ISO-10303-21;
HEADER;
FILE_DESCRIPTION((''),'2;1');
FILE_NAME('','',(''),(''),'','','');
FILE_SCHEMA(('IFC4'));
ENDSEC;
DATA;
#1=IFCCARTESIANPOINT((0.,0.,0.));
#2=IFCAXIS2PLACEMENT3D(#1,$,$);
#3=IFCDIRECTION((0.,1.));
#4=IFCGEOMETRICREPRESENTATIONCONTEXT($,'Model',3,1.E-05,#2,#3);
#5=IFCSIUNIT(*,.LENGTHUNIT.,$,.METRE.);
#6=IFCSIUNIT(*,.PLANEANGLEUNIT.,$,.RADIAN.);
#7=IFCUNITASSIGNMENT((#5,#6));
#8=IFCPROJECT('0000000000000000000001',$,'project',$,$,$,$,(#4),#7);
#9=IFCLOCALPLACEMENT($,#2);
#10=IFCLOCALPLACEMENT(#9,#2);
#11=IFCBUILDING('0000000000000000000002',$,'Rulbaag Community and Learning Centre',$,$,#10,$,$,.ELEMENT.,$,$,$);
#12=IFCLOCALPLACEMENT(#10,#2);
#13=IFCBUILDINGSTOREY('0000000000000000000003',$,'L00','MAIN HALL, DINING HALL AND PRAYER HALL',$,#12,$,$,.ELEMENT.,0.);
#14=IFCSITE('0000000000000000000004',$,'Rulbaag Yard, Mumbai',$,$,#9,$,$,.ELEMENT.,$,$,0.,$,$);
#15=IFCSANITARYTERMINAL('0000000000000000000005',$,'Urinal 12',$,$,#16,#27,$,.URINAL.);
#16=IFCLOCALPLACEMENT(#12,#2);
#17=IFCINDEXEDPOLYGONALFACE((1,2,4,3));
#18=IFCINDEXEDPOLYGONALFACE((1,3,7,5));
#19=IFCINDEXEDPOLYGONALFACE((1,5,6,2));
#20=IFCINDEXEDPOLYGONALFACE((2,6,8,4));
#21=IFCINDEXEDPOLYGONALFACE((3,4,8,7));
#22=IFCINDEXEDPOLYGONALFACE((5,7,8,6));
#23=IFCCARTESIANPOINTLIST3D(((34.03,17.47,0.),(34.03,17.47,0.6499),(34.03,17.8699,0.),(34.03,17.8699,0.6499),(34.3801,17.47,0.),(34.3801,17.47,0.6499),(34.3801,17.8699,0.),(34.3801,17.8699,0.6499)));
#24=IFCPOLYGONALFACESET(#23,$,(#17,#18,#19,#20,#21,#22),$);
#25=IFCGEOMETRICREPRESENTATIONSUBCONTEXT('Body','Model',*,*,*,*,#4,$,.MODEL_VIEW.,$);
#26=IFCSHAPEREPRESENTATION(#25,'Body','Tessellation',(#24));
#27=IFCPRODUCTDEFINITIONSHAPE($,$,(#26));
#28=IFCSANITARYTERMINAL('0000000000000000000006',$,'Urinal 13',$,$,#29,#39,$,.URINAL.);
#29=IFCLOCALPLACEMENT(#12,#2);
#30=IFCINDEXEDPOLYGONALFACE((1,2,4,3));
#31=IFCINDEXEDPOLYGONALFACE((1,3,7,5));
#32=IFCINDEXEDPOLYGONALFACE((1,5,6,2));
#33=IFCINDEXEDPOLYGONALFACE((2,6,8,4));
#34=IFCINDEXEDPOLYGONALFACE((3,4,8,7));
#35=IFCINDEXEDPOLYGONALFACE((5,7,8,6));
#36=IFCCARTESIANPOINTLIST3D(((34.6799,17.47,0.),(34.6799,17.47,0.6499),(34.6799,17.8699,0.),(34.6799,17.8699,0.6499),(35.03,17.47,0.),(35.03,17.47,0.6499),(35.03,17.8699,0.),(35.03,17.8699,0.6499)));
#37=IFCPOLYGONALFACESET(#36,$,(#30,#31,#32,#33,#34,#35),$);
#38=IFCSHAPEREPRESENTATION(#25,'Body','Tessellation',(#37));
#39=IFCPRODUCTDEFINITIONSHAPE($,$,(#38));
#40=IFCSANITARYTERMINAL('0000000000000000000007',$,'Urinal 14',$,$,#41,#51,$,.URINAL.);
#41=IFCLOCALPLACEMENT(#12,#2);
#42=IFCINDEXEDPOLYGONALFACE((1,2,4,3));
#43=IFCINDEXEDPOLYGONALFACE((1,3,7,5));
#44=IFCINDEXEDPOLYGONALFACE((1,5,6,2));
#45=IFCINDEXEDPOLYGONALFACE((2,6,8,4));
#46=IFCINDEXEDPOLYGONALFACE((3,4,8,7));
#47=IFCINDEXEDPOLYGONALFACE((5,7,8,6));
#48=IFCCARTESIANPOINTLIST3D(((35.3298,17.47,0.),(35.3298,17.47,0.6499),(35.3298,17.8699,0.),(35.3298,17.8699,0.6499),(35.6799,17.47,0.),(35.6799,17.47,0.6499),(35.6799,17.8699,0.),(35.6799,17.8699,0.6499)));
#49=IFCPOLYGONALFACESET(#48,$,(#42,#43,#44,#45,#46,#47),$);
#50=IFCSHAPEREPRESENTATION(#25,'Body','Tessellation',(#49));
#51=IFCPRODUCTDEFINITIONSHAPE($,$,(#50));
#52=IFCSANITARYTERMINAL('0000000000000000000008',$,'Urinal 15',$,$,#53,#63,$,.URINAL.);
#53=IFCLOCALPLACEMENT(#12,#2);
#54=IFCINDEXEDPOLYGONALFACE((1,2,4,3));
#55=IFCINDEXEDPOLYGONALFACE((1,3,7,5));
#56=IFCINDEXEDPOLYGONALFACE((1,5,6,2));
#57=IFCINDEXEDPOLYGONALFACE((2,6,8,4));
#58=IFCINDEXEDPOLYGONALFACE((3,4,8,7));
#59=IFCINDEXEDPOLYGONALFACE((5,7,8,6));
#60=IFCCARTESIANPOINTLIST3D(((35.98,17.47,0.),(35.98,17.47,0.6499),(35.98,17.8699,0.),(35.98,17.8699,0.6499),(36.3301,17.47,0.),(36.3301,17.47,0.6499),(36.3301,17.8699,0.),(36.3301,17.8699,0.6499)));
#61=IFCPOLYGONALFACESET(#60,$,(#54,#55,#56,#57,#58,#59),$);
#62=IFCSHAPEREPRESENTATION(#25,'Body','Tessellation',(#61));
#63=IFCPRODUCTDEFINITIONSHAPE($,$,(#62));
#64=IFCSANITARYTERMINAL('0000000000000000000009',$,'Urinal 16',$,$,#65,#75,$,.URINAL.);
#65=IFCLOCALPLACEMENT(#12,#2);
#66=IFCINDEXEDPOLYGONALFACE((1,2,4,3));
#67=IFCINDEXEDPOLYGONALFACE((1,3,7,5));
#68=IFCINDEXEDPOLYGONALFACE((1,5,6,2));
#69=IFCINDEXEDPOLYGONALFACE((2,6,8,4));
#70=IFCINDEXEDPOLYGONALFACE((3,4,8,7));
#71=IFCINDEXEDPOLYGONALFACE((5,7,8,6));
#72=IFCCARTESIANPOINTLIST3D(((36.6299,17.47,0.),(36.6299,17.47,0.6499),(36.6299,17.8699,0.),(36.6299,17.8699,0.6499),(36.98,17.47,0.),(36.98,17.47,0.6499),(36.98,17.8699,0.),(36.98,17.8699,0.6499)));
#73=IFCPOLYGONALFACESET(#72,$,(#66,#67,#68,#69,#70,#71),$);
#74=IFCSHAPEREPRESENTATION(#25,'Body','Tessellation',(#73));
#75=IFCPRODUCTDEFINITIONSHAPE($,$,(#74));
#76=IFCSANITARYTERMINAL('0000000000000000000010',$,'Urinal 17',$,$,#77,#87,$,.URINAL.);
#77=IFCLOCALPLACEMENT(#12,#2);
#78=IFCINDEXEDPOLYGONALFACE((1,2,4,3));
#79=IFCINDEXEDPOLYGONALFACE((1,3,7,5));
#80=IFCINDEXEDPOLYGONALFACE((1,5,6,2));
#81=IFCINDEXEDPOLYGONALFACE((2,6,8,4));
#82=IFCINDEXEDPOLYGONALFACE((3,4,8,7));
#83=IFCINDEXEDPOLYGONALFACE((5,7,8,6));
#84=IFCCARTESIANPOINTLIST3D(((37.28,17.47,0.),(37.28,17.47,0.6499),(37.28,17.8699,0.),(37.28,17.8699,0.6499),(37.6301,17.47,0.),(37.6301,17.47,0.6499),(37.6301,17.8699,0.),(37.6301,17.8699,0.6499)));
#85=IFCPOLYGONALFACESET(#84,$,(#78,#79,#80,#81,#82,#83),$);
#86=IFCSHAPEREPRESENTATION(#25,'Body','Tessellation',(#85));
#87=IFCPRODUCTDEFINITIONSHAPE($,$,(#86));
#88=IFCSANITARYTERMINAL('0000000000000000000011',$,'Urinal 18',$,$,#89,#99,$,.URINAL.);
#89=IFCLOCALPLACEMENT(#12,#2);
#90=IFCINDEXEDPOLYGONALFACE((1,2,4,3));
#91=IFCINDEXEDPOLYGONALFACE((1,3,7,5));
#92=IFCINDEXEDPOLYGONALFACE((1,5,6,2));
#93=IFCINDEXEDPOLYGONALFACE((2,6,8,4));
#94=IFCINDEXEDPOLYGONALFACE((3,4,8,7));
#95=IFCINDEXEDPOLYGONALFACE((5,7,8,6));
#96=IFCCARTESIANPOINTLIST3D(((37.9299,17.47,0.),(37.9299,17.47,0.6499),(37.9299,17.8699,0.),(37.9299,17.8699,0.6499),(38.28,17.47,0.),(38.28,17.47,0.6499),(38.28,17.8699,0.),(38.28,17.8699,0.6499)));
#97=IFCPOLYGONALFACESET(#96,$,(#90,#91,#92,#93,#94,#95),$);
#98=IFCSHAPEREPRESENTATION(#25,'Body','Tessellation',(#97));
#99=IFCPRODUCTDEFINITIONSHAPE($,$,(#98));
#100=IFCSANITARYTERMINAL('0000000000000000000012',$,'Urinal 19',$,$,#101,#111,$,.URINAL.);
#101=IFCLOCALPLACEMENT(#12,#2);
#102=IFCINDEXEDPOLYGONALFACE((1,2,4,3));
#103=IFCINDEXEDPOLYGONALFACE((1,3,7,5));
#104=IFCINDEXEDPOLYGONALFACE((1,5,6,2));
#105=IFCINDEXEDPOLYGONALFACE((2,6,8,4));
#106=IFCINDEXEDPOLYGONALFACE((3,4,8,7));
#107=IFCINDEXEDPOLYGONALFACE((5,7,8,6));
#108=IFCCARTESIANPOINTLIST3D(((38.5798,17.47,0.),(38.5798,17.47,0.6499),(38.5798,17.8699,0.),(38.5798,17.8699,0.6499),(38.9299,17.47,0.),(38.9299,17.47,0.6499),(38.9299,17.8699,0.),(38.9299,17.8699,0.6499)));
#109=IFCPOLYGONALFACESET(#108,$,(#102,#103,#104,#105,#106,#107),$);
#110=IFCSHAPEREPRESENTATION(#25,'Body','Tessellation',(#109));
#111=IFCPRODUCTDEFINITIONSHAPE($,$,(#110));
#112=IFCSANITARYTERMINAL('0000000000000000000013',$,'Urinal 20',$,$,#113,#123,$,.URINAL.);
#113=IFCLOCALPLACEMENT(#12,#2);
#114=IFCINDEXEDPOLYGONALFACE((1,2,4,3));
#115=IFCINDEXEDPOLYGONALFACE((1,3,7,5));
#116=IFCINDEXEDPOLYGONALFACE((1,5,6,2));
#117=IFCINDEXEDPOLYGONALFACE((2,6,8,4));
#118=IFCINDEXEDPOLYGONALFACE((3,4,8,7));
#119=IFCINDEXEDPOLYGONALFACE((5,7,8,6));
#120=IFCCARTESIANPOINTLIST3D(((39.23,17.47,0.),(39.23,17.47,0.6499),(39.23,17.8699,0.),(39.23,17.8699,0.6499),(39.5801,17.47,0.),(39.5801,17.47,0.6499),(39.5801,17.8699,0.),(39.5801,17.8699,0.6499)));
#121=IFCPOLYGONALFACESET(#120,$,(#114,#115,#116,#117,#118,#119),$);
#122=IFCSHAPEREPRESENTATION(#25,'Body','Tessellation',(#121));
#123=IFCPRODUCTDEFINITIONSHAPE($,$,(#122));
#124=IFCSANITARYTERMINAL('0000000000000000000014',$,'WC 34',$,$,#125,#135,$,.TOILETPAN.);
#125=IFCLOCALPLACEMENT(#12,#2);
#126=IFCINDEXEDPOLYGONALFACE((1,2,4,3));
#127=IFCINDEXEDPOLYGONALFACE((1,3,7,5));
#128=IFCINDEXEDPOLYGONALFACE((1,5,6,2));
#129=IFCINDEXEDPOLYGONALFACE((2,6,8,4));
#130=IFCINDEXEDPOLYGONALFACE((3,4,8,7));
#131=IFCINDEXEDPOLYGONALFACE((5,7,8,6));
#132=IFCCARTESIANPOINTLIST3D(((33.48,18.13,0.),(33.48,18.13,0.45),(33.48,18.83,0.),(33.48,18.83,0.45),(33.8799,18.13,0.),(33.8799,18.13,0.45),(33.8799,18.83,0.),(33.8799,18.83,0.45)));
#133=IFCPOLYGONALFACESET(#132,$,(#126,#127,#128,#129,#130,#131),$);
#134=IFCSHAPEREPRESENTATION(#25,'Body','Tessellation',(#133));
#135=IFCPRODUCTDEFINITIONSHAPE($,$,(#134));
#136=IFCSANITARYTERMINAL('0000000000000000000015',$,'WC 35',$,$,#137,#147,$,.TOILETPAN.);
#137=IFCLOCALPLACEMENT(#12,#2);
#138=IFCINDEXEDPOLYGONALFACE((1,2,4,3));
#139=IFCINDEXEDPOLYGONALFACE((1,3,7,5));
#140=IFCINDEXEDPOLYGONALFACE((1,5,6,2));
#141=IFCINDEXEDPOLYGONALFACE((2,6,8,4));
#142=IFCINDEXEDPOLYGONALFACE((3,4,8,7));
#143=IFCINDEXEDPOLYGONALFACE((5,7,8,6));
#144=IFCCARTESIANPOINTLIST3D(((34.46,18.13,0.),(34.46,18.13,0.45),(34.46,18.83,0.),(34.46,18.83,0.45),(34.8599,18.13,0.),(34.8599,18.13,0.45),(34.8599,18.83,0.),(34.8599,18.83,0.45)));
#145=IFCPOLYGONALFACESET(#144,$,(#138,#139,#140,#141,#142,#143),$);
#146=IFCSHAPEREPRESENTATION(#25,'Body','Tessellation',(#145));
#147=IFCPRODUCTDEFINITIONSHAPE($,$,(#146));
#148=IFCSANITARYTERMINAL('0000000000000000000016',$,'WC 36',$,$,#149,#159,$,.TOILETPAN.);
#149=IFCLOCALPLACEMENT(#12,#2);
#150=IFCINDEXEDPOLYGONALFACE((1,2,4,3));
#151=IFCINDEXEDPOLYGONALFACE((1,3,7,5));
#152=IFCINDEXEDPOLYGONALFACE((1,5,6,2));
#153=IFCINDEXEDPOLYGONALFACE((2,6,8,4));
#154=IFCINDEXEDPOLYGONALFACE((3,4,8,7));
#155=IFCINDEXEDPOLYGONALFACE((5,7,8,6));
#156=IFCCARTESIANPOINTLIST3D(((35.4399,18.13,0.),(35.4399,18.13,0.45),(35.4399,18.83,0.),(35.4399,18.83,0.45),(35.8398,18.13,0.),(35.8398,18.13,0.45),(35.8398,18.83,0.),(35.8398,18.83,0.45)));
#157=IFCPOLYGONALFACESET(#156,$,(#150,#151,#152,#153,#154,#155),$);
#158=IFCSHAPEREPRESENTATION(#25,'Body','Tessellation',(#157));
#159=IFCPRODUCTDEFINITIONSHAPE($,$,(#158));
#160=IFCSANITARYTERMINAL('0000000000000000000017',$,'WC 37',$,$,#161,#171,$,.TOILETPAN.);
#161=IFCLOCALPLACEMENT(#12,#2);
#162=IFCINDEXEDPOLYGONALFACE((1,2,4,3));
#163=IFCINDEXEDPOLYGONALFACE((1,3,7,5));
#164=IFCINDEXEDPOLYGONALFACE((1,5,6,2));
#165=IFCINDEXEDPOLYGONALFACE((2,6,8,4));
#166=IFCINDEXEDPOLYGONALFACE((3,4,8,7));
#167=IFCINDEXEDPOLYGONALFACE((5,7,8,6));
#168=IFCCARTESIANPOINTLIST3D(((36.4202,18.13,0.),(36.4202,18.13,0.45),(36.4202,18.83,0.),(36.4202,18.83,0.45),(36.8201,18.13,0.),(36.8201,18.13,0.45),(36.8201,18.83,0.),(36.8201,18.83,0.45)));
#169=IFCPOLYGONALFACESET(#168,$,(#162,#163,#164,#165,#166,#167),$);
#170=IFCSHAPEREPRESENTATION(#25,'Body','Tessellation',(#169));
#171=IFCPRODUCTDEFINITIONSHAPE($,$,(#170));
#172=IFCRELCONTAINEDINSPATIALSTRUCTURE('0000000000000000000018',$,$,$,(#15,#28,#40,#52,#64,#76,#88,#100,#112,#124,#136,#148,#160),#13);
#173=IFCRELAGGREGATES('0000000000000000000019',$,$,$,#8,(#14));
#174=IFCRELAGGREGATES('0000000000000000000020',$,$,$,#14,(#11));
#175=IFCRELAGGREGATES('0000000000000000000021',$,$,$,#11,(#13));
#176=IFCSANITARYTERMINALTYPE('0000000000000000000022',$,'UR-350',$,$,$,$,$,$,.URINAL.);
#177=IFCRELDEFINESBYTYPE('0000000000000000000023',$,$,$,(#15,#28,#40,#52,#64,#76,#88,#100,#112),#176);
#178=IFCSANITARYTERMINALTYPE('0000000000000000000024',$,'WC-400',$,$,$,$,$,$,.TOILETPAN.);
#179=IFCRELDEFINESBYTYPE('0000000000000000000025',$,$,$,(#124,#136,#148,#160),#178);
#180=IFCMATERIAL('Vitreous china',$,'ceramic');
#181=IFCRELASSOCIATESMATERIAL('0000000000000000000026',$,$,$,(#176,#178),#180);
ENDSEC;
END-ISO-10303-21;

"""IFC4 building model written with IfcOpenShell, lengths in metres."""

from ifc_helpers import new_model, si_unit, direction, frame, origin, origin_2d, place, context, subcontext, project, spatial, rectangle, extrude, material, type_object, element, save


model = new_model("IFC4")

# Units and contexts
model_context = context("Model", 3, precision=1e-05, world=origin(), true_north=direction((0.0, 1.0)))
body_context = subcontext(model_context, "Body", "Model", "MODEL_VIEW")
ifc_project = project(units=[si_unit("LENGTHUNIT", "METRE"), si_unit("PLANEANGLEUNIT", "RADIAN")], contexts=[model_context])

# Site, building, storey
site_placement = place(None, origin())
site = spatial("IfcSite", under=ifc_project, at=site_placement, Name="Rulbaag Yard, Mumbai", CompositionType="ELEMENT", RefElevation=0.0)
building_placement = place(site_placement, origin())
building = spatial("IfcBuilding", under=site, at=building_placement, Name="Rulbaag Community and Learning Centre", CompositionType="ELEMENT")
storey_placement = place(building_placement, origin())
storey = spatial("IfcBuildingStorey", under=building, at=storey_placement, Name="L00", Description="MAIN HALL, DINING HALL AND PRAYER HALL", CompositionType="ELEMENT", Elevation=0.0)

# Sanitary terminals
ifc_material_1 = material(Name="Vitreous china", Category="ceramic")
sanitary_terminal_type_1 = type_object("IfcSanitaryTerminalType", Name="UR-350", PredefinedType="URINAL", material=ifc_material_1)
for number, where, z_axis, x_axis, name in (
    (1, (34.2051, 17.6699, 0.0), (0.0, 0.0, 1.0), (1.0, 0.0, 0.0), "Urinal 12"),
    (2, (34.855, 17.6699, 0.0), (0.0, 0.0, 1.0), (1.0, 0.0, 0.0), "Urinal 13"),
    (3, (35.5049, 17.6699, 0.0), (0.0, 0.0, 1.0), (1.0, 0.0, 0.0), "Urinal 14"),
    (4, (36.155, 17.6699, 0.0), (0.0, 0.0, 1.0), (1.0, 0.0, 0.0), "Urinal 15"),
    (5, (36.8049, 17.6699, 0.0), (0.0, 0.0, 1.0), (1.0, 0.0, 0.0), "Urinal 16"),
    (6, (37.4551, 17.6699, 0.0), (0.0, 0.0, 1.0), (1.0, 0.0, 0.0), "Urinal 17"),
    (7, (38.105, 17.6699, 0.0), (0.0, 0.0, 1.0), (1.0, 0.0, 0.0), "Urinal 18"),
    (8, (38.7549, 17.6699, 0.0), (0.0, 0.0, 1.0), (1.0, 0.0, 0.0), "Urinal 19"),
    (9, (39.405, 17.6699, 0.0), (0.0, 0.0, 1.0), (1.0, 0.0, 0.0), "Urinal 20"),
):
    element("IfcSanitaryTerminal", number, at=place(storey_placement, frame(where, z_axis=z_axis, x_axis=x_axis)), inside=storey, type_object=sanitary_terminal_type_1, Name=name, PredefinedType="URINAL", context=body_context, shape_type="SweptSolid", body=[
        extrude(rectangle(XDim=0.3501, YDim=0.3999, at=origin_2d()), origin(), (0.0, 0.0, 1.0), 0.6499),
    ])
sanitary_terminal_type_2 = type_object("IfcSanitaryTerminalType", Name="WC-400", PredefinedType="TOILETPAN", material=ifc_material_1)
for number, where, z_axis, x_axis, name in (
    (10, (33.6799, 18.48, 0.0), (0.0, 0.0, 1.0), (1.0, 0.0, 0.0), "WC 34"),
    (11, (34.6599, 18.48, 0.0), (0.0, 0.0, 1.0), (1.0, 0.0, 0.0), "WC 35"),
    (12, (35.6399, 18.48, 0.0), (0.0, 0.0, 1.0), (1.0, 0.0, 0.0), "WC 36"),
    (13, (36.6201, 18.48, 0.0), (0.0, 0.0, 1.0), (1.0, 0.0, 0.0), "WC 37"),
):
    element("IfcSanitaryTerminal", number, at=place(storey_placement, frame(where, z_axis=z_axis, x_axis=x_axis)), inside=storey, type_object=sanitary_terminal_type_2, Name=name, PredefinedType="TOILETPAN", context=body_context, shape_type="SweptSolid", body=[
        extrude(rectangle(XDim=0.3999, YDim=0.7, at=origin_2d()), origin(), (0.0, 0.0, 1.0), 0.45),
    ])

save(model, "model.ifc")
